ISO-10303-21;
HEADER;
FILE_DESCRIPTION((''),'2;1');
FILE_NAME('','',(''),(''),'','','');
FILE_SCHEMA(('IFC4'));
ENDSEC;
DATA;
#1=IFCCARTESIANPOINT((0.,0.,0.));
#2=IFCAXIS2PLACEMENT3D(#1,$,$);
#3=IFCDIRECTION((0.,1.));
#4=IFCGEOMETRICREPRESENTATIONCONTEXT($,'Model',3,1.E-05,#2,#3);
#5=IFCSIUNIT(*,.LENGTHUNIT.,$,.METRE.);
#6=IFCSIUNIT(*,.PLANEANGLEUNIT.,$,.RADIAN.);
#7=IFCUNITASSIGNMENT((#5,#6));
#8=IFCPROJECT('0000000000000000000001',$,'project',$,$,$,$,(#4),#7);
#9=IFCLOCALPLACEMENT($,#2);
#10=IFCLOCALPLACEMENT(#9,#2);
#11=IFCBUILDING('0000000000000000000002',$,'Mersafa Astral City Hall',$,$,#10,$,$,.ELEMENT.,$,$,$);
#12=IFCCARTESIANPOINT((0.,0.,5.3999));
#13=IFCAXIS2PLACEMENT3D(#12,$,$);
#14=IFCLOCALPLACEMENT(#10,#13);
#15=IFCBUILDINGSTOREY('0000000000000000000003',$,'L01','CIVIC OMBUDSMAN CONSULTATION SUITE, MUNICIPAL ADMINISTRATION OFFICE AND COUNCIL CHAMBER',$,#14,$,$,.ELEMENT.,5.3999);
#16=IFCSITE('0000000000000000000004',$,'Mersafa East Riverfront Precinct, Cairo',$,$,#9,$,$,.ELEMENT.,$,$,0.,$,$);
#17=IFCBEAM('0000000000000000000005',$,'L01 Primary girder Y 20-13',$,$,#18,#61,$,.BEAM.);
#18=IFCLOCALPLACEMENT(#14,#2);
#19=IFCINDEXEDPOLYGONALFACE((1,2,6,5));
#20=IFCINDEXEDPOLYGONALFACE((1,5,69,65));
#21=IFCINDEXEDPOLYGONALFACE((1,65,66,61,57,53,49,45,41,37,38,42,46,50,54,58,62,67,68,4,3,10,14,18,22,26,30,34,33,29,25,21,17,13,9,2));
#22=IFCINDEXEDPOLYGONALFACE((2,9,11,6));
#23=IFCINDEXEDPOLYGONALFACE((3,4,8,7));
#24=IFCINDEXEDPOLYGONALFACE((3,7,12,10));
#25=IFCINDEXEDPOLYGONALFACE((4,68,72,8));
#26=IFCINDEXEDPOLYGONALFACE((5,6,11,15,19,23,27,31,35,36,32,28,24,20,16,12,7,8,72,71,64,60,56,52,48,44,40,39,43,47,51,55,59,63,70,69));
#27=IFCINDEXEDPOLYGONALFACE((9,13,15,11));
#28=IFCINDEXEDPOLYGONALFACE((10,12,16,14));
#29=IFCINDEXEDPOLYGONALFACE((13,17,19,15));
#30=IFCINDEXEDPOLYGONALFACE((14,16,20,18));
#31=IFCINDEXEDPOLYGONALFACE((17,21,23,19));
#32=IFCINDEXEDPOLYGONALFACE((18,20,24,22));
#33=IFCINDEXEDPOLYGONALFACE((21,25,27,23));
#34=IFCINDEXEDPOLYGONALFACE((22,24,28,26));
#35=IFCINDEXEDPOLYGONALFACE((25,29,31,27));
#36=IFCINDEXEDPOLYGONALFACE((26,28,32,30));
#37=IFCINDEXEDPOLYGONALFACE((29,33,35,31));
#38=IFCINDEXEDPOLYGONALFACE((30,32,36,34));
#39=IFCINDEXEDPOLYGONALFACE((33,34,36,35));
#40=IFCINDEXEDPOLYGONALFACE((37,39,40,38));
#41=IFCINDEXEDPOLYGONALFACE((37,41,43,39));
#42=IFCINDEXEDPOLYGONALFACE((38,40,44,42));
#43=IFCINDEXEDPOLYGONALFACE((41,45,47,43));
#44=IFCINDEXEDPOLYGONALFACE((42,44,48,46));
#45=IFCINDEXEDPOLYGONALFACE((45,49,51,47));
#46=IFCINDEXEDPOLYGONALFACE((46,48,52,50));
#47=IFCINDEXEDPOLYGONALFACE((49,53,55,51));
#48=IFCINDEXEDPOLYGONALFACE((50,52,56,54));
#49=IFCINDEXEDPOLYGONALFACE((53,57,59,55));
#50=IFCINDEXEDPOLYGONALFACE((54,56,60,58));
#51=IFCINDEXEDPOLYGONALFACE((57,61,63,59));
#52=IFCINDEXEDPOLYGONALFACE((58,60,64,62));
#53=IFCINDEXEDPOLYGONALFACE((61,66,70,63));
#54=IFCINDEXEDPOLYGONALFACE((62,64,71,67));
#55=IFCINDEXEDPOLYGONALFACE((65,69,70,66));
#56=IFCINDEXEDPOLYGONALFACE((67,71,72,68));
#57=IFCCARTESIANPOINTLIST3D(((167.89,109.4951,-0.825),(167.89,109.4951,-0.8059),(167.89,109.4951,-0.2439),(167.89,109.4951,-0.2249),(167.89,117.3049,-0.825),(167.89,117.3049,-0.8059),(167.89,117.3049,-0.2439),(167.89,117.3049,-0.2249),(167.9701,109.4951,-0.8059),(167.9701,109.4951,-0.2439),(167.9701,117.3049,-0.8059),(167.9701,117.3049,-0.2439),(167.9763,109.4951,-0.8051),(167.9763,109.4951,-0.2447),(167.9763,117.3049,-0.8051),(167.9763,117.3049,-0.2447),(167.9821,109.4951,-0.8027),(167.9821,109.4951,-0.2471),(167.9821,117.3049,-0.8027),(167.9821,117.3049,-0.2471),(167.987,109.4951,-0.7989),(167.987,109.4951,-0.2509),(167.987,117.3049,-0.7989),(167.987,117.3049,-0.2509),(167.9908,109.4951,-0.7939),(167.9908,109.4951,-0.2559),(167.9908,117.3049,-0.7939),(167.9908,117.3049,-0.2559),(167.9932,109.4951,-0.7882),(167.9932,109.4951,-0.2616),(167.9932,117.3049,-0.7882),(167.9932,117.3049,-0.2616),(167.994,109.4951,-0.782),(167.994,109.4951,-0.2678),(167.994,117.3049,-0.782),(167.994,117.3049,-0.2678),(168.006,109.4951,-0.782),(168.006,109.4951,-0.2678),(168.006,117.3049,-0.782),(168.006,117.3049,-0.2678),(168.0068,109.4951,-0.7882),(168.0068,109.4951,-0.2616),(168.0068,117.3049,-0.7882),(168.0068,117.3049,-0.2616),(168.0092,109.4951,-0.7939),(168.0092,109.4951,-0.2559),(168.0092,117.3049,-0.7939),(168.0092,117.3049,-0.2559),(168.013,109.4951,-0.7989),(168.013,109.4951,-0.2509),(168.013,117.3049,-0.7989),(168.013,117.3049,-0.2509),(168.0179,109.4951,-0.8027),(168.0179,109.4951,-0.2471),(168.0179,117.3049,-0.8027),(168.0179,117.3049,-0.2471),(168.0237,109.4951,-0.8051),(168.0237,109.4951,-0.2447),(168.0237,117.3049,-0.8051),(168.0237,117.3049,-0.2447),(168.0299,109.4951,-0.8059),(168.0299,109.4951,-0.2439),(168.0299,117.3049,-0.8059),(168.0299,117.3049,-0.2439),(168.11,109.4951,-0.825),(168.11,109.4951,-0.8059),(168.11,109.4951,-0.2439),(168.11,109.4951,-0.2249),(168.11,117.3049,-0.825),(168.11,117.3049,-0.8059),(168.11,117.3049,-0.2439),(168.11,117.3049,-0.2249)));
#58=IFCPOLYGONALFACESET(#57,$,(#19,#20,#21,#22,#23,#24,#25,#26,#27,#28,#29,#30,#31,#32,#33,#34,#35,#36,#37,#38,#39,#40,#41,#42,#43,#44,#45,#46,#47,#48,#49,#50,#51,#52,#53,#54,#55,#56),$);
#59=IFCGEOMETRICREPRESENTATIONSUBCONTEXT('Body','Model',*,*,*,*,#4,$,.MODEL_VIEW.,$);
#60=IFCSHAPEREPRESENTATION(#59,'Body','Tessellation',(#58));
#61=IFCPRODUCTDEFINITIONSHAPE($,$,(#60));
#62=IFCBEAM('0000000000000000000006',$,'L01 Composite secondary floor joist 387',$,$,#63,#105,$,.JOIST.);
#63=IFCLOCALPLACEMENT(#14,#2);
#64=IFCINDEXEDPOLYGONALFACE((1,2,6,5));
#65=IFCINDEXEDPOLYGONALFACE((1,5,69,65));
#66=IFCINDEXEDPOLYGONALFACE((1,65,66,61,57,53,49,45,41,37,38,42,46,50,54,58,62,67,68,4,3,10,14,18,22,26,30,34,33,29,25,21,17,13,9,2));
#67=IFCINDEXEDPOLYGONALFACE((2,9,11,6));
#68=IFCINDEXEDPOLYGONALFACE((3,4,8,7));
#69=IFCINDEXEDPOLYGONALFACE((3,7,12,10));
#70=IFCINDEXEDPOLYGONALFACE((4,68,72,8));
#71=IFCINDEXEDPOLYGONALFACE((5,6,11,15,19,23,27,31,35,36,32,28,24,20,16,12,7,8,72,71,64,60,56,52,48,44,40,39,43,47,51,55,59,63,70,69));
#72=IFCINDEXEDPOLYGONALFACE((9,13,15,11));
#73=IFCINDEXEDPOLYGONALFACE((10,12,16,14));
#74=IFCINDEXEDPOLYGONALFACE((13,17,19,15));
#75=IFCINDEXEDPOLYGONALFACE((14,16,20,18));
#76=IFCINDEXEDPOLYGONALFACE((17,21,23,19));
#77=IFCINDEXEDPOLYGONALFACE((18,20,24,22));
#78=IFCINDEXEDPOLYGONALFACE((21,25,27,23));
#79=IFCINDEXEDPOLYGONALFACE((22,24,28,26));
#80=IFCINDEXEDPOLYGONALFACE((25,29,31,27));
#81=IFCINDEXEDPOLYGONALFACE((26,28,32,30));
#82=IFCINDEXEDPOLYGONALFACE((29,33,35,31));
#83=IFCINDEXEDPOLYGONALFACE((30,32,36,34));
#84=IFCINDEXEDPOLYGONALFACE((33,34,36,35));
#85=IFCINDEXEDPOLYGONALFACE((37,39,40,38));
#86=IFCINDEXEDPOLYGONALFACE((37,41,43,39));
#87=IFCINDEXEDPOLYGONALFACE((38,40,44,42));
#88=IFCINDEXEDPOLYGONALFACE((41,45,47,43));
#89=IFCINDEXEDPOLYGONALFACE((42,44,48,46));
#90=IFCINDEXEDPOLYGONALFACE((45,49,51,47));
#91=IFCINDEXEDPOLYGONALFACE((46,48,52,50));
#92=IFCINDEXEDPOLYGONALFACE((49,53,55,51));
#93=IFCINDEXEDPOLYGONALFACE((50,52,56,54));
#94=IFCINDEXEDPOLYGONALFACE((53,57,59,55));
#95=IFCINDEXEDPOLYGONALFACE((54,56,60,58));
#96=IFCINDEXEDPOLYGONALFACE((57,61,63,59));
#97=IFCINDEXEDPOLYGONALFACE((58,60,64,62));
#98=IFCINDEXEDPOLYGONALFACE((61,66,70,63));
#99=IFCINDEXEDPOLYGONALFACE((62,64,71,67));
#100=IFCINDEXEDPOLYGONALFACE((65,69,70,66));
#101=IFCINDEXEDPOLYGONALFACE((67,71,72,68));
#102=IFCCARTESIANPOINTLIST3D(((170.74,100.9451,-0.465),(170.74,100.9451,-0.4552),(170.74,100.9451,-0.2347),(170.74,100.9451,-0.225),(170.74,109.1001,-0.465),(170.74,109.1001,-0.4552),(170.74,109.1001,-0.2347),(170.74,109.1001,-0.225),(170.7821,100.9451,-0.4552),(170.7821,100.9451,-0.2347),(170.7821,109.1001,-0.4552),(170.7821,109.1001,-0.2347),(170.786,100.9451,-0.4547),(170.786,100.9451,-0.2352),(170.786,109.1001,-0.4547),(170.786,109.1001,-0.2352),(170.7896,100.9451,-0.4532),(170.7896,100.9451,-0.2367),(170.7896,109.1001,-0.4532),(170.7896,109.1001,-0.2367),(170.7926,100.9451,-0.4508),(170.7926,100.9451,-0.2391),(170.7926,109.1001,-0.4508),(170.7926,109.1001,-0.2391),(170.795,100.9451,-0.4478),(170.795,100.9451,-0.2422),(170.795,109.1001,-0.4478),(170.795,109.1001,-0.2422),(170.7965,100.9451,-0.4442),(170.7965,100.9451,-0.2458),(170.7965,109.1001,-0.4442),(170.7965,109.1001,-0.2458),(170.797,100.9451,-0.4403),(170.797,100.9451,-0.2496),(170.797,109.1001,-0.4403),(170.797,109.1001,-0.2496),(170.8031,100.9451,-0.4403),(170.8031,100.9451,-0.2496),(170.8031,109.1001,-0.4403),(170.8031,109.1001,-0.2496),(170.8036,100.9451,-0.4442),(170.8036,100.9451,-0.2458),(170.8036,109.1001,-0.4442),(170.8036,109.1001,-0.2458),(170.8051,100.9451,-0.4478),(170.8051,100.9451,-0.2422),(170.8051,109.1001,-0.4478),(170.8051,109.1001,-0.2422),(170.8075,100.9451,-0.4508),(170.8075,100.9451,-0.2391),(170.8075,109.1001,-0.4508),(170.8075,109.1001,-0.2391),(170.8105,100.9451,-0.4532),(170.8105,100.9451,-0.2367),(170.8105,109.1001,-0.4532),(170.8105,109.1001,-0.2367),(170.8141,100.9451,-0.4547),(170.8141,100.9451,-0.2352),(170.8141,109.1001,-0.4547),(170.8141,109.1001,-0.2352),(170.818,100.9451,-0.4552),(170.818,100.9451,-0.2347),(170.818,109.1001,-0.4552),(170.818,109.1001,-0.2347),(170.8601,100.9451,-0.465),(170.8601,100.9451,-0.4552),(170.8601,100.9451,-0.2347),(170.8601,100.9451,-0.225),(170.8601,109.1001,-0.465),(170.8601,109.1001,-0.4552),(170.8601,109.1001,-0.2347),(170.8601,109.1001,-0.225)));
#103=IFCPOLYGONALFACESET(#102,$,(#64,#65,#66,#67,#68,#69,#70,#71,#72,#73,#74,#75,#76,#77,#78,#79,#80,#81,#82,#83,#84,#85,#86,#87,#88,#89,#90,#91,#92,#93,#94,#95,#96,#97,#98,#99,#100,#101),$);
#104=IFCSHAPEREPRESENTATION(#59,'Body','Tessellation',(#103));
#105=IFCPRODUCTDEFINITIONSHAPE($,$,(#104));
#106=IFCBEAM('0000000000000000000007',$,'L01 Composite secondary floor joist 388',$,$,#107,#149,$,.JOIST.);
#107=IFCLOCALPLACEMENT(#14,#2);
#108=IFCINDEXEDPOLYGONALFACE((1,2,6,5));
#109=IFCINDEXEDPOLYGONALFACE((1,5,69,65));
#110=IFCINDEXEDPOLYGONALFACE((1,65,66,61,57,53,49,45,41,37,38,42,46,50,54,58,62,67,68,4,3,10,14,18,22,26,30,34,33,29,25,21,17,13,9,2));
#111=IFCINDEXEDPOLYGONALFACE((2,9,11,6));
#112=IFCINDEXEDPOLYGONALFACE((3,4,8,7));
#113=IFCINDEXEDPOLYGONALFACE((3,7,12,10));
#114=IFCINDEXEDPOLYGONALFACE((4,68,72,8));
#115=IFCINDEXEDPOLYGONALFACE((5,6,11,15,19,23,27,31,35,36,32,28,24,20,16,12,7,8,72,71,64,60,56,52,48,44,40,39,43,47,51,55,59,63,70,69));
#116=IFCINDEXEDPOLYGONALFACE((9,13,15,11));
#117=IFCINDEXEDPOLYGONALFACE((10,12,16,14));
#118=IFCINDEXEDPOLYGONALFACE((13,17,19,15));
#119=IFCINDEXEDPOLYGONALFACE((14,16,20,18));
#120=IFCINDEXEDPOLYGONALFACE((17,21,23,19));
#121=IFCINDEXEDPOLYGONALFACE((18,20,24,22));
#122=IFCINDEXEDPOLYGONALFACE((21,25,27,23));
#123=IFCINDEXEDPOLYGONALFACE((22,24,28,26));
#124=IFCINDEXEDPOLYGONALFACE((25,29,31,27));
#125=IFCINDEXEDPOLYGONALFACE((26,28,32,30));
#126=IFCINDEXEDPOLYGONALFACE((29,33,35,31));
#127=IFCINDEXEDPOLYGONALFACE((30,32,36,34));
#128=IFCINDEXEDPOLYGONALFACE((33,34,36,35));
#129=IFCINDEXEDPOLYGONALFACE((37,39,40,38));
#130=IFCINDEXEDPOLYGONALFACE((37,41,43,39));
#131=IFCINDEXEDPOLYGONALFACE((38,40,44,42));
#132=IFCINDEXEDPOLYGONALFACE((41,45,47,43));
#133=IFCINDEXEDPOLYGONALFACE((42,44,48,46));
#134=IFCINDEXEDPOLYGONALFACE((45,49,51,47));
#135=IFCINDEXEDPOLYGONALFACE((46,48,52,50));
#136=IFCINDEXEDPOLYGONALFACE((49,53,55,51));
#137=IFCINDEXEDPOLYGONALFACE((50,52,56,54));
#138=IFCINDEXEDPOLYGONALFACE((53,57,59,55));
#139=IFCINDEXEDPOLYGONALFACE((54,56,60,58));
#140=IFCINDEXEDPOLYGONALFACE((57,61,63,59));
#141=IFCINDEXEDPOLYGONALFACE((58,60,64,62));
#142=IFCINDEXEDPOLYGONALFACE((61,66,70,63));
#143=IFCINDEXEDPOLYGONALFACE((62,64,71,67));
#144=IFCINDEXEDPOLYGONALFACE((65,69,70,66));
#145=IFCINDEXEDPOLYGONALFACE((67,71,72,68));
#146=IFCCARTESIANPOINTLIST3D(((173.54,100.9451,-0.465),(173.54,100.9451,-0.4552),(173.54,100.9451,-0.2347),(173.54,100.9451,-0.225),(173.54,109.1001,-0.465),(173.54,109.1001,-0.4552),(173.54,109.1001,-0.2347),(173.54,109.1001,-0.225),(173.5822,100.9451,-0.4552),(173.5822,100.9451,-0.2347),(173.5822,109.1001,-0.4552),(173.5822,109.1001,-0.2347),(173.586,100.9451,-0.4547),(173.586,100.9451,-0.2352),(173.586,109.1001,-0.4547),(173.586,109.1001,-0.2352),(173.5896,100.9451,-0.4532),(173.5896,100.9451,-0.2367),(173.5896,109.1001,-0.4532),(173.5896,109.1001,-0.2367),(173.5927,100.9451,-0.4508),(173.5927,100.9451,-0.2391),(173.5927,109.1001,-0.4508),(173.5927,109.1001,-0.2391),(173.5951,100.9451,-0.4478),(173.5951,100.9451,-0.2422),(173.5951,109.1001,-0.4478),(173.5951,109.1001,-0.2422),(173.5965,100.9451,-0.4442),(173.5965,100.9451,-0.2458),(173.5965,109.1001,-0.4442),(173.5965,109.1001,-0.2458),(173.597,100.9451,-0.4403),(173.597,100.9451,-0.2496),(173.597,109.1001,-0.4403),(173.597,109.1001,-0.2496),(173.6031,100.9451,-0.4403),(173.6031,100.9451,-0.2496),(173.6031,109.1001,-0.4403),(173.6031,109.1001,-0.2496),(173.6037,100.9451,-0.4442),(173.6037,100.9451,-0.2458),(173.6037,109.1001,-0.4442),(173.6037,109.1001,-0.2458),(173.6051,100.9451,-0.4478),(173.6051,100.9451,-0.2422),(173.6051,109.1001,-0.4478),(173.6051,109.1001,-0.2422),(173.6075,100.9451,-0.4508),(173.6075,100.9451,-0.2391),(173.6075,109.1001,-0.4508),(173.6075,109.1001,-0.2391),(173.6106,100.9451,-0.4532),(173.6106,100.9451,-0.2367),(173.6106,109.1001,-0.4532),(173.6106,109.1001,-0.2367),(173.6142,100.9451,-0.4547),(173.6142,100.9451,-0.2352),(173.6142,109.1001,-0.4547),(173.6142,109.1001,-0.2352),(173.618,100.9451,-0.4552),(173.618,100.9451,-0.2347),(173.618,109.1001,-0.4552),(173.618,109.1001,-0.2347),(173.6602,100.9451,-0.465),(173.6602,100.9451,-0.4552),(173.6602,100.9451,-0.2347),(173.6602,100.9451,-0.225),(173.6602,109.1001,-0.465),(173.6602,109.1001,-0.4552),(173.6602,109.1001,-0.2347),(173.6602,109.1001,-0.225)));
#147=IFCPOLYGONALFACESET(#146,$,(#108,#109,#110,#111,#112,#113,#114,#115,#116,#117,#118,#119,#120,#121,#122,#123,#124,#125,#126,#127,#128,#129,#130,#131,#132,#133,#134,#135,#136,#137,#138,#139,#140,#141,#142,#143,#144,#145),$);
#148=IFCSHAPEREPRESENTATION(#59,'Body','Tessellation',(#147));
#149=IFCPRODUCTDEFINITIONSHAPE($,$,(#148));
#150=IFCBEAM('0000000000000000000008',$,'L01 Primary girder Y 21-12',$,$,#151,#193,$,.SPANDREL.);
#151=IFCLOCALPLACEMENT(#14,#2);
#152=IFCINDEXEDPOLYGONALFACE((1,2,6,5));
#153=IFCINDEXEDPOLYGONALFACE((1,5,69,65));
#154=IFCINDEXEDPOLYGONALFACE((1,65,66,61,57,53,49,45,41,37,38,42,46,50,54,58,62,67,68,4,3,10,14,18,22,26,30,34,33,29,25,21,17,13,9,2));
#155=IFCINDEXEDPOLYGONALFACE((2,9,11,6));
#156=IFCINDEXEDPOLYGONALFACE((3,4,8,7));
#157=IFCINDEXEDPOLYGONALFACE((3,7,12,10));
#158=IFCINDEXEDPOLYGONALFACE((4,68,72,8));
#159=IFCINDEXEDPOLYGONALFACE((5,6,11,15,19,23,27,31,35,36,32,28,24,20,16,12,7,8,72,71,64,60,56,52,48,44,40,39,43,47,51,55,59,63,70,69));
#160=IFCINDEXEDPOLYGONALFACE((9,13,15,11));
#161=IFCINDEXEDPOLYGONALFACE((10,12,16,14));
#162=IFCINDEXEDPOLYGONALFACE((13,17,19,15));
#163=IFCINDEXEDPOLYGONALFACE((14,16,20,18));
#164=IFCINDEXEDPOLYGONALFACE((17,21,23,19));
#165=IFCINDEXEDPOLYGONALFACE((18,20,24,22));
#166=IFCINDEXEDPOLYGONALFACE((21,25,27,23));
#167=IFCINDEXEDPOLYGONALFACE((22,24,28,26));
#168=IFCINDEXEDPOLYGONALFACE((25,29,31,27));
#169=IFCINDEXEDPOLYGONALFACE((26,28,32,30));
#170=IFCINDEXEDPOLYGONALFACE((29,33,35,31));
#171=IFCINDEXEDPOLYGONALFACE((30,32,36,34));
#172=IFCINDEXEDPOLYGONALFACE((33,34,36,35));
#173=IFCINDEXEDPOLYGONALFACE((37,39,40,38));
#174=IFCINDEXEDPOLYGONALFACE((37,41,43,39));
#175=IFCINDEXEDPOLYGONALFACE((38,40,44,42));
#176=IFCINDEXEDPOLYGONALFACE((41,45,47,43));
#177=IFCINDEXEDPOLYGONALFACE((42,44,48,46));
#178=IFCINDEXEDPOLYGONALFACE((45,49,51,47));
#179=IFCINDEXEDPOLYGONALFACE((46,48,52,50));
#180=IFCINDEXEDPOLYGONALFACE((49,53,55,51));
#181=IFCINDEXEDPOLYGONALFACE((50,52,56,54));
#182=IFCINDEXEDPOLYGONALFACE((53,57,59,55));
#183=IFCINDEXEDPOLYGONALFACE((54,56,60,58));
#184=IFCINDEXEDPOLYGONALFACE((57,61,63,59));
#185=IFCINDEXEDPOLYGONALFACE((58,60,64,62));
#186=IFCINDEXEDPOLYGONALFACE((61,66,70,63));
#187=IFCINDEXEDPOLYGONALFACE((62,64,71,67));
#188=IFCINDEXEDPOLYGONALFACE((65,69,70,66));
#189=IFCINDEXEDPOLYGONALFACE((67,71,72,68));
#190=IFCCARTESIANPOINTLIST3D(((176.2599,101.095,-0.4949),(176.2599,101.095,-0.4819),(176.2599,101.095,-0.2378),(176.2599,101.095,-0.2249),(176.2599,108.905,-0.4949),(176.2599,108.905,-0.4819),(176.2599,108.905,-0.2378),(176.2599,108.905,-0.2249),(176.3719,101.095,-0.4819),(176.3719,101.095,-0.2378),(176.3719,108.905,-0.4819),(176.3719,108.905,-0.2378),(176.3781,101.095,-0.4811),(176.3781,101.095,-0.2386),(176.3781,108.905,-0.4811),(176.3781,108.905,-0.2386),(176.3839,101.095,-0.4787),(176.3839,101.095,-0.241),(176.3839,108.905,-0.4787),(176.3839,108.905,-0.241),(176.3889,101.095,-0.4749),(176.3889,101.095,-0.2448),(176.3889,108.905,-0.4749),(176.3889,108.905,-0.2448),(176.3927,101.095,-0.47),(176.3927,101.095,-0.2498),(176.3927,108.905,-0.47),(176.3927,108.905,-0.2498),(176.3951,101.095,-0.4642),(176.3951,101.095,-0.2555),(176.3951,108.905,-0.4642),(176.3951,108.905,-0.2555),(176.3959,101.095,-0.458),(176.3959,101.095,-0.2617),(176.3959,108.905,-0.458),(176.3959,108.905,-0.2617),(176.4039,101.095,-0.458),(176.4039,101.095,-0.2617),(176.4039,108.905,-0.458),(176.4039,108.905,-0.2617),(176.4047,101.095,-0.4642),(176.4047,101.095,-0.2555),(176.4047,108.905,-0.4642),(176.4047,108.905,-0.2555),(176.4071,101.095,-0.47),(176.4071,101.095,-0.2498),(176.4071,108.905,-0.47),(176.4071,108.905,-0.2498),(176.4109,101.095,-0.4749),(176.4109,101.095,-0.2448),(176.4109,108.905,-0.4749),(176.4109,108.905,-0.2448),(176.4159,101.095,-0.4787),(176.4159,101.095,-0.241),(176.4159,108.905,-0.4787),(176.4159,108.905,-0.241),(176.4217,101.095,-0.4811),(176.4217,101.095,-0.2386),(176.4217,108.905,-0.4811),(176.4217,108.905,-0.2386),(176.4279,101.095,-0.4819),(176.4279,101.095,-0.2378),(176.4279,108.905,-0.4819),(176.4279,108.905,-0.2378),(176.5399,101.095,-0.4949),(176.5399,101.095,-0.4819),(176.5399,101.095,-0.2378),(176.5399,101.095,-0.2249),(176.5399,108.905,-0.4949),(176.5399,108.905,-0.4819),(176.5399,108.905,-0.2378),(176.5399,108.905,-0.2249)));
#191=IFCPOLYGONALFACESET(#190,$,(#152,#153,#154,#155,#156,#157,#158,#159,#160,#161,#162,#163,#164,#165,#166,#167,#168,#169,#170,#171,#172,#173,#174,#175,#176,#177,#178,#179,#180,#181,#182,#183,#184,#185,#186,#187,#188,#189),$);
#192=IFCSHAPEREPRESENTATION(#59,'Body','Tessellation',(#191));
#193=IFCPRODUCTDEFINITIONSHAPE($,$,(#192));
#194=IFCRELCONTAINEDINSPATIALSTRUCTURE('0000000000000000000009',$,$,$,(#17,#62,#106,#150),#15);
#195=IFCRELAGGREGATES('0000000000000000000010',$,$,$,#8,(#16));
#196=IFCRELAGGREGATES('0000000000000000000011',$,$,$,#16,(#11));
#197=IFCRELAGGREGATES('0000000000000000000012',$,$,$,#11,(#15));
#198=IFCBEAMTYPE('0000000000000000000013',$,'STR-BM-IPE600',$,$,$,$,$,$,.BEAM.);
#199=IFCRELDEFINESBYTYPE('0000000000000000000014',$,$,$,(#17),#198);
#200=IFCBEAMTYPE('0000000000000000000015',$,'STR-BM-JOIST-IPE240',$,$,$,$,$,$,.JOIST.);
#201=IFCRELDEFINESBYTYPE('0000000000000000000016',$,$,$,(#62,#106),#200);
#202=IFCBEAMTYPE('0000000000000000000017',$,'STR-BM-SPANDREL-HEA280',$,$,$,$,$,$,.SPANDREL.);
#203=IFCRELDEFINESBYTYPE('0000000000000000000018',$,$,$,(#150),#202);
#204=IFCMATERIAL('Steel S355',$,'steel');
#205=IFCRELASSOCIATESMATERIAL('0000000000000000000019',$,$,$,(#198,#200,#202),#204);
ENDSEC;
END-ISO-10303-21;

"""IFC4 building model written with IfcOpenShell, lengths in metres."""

from ifc_helpers import new_model, si_unit, direction, frame, origin, origin_2d, place, context, subcontext, project, spatial, i_section, extrude, material, material_profile, profile_set, type_object, element, save


model = new_model("IFC4")

# Units and contexts
model_context = context("Model", 3, precision=1e-05, world=origin(), true_north=direction((0.0, 1.0)))
body_context = subcontext(model_context, "Body", "Model", "MODEL_VIEW")
ifc_project = project(units=[si_unit("LENGTHUNIT", "METRE"), si_unit("PLANEANGLEUNIT", "RADIAN")], contexts=[model_context])

# Site, building, storey
site_placement = place(None, origin())
site = spatial("IfcSite", under=ifc_project, at=site_placement, Name="Mersafa East Riverfront Precinct, Cairo", CompositionType="ELEMENT", RefElevation=0.0)
building_placement = place(site_placement, origin())
building = spatial("IfcBuilding", under=site, at=building_placement, Name="Mersafa Astral City Hall", CompositionType="ELEMENT")
storey_placement = place(building_placement, frame((0.0, 0.0, 5.3999)))
storey = spatial("IfcBuildingStorey", under=building, at=storey_placement, Name="L01", Description="CIVIC OMBUDSMAN CONSULTATION SUITE, MUNICIPAL ADMINISTRATION OFFICE AND COUNCIL CHAMBER", CompositionType="ELEMENT", Elevation=5.3999)

# Shared definitions
ifc_material_1 = material(Name="Steel S355", Category="steel")

# Beams
ifc_material_profile_1 = material_profile(ifc_material_1, i_section(OverallWidth=0.22, OverallDepth=0.6001, WebThickness=0.012, FlangeThickness=0.019, FilletRadius=0.0239, at=origin_2d()), Name="IPE 600")
ifc_profile_set_1 = profile_set([ifc_material_profile_1], Name="Steel S355")
beam_type_1 = type_object("IfcBeamType", Name="STR-BM-IPE600", PredefinedType="BEAM", material=ifc_profile_set_1)
beam_1_placement = place(storey_placement, frame((168.0, 109.4951, -0.5249), z_axis=(0.0, 1.0, 0.0), x_axis=(-1.0, 0.0, 0.0)))
element("IfcBeam", 1, at=beam_1_placement, inside=storey, type_object=beam_type_1, Name="L01 Primary girder Y 20-13", PredefinedType="BEAM", context=body_context, shape_type="SweptSolid", body=[
    extrude(i_section(OverallWidth=0.22, OverallDepth=0.6001, WebThickness=0.012, FlangeThickness=0.019, FilletRadius=0.0239, at=origin_2d()), origin(), (0.0, 0.0, 1.0), 7.8098),
])
ifc_material_profile_2 = material_profile(ifc_material_1, i_section(OverallWidth=0.1201, OverallDepth=0.24, WebThickness=0.0061, FlangeThickness=0.0098, FilletRadius=0.0149, at=origin_2d()), Name="IPE 240")
ifc_profile_set_2 = profile_set([ifc_material_profile_2], Name="Steel S355")
beam_type_2 = type_object("IfcBeamType", Name="STR-BM-JOIST-IPE240", PredefinedType="JOIST", material=ifc_profile_set_2)
for number, where, z_axis, x_axis, name in (
    (2, (170.8, 100.9451, -0.345), (0.0, 1.0, 0.0), (-1.0, 0.0, 0.0), "L01 Composite secondary floor joist 387"),
    (3, (173.6001, 100.9451, -0.345), (0.0, 1.0, 0.0), (-1.0, 0.0, 0.0), "L01 Composite secondary floor joist 388"),
):
    element("IfcBeam", number, at=place(storey_placement, frame(where, z_axis=z_axis, x_axis=x_axis)), inside=storey, type_object=beam_type_2, Name=name, PredefinedType="JOIST", context=body_context, shape_type="SweptSolid", body=[
        extrude(i_section(OverallWidth=0.1201, OverallDepth=0.24, WebThickness=0.0061, FlangeThickness=0.0098, FilletRadius=0.0149, at=origin_2d()), origin(), (0.0, 0.0, 1.0), 8.155),
    ])
ifc_material_profile_3 = material_profile(ifc_material_1, i_section(OverallWidth=0.28, OverallDepth=0.27, WebThickness=0.0081, FlangeThickness=0.0129, FilletRadius=0.0239, at=origin_2d()), Name="HEA 280")
ifc_profile_set_3 = profile_set([ifc_material_profile_3], Name="Steel S355")
beam_type_3 = type_object("IfcBeamType", Name="STR-BM-SPANDREL-HEA280", PredefinedType="SPANDREL", material=ifc_profile_set_3)
beam_2_placement = place(storey_placement, frame((176.3999, 101.095, -0.3599), z_axis=(0.0, 1.0, 0.0), x_axis=(-1.0, 0.0, 0.0)))
element("IfcBeam", 4, at=beam_2_placement, inside=storey, type_object=beam_type_3, Name="L01 Primary girder Y 21-12", PredefinedType="SPANDREL", context=body_context, shape_type="SweptSolid", body=[
    extrude(i_section(OverallWidth=0.28, OverallDepth=0.27, WebThickness=0.0081, FlangeThickness=0.0129, FilletRadius=0.0239, at=origin_2d()), origin(), (0.0, 0.0, 1.0), 7.8101),
])

save(model, "model.ifc")
